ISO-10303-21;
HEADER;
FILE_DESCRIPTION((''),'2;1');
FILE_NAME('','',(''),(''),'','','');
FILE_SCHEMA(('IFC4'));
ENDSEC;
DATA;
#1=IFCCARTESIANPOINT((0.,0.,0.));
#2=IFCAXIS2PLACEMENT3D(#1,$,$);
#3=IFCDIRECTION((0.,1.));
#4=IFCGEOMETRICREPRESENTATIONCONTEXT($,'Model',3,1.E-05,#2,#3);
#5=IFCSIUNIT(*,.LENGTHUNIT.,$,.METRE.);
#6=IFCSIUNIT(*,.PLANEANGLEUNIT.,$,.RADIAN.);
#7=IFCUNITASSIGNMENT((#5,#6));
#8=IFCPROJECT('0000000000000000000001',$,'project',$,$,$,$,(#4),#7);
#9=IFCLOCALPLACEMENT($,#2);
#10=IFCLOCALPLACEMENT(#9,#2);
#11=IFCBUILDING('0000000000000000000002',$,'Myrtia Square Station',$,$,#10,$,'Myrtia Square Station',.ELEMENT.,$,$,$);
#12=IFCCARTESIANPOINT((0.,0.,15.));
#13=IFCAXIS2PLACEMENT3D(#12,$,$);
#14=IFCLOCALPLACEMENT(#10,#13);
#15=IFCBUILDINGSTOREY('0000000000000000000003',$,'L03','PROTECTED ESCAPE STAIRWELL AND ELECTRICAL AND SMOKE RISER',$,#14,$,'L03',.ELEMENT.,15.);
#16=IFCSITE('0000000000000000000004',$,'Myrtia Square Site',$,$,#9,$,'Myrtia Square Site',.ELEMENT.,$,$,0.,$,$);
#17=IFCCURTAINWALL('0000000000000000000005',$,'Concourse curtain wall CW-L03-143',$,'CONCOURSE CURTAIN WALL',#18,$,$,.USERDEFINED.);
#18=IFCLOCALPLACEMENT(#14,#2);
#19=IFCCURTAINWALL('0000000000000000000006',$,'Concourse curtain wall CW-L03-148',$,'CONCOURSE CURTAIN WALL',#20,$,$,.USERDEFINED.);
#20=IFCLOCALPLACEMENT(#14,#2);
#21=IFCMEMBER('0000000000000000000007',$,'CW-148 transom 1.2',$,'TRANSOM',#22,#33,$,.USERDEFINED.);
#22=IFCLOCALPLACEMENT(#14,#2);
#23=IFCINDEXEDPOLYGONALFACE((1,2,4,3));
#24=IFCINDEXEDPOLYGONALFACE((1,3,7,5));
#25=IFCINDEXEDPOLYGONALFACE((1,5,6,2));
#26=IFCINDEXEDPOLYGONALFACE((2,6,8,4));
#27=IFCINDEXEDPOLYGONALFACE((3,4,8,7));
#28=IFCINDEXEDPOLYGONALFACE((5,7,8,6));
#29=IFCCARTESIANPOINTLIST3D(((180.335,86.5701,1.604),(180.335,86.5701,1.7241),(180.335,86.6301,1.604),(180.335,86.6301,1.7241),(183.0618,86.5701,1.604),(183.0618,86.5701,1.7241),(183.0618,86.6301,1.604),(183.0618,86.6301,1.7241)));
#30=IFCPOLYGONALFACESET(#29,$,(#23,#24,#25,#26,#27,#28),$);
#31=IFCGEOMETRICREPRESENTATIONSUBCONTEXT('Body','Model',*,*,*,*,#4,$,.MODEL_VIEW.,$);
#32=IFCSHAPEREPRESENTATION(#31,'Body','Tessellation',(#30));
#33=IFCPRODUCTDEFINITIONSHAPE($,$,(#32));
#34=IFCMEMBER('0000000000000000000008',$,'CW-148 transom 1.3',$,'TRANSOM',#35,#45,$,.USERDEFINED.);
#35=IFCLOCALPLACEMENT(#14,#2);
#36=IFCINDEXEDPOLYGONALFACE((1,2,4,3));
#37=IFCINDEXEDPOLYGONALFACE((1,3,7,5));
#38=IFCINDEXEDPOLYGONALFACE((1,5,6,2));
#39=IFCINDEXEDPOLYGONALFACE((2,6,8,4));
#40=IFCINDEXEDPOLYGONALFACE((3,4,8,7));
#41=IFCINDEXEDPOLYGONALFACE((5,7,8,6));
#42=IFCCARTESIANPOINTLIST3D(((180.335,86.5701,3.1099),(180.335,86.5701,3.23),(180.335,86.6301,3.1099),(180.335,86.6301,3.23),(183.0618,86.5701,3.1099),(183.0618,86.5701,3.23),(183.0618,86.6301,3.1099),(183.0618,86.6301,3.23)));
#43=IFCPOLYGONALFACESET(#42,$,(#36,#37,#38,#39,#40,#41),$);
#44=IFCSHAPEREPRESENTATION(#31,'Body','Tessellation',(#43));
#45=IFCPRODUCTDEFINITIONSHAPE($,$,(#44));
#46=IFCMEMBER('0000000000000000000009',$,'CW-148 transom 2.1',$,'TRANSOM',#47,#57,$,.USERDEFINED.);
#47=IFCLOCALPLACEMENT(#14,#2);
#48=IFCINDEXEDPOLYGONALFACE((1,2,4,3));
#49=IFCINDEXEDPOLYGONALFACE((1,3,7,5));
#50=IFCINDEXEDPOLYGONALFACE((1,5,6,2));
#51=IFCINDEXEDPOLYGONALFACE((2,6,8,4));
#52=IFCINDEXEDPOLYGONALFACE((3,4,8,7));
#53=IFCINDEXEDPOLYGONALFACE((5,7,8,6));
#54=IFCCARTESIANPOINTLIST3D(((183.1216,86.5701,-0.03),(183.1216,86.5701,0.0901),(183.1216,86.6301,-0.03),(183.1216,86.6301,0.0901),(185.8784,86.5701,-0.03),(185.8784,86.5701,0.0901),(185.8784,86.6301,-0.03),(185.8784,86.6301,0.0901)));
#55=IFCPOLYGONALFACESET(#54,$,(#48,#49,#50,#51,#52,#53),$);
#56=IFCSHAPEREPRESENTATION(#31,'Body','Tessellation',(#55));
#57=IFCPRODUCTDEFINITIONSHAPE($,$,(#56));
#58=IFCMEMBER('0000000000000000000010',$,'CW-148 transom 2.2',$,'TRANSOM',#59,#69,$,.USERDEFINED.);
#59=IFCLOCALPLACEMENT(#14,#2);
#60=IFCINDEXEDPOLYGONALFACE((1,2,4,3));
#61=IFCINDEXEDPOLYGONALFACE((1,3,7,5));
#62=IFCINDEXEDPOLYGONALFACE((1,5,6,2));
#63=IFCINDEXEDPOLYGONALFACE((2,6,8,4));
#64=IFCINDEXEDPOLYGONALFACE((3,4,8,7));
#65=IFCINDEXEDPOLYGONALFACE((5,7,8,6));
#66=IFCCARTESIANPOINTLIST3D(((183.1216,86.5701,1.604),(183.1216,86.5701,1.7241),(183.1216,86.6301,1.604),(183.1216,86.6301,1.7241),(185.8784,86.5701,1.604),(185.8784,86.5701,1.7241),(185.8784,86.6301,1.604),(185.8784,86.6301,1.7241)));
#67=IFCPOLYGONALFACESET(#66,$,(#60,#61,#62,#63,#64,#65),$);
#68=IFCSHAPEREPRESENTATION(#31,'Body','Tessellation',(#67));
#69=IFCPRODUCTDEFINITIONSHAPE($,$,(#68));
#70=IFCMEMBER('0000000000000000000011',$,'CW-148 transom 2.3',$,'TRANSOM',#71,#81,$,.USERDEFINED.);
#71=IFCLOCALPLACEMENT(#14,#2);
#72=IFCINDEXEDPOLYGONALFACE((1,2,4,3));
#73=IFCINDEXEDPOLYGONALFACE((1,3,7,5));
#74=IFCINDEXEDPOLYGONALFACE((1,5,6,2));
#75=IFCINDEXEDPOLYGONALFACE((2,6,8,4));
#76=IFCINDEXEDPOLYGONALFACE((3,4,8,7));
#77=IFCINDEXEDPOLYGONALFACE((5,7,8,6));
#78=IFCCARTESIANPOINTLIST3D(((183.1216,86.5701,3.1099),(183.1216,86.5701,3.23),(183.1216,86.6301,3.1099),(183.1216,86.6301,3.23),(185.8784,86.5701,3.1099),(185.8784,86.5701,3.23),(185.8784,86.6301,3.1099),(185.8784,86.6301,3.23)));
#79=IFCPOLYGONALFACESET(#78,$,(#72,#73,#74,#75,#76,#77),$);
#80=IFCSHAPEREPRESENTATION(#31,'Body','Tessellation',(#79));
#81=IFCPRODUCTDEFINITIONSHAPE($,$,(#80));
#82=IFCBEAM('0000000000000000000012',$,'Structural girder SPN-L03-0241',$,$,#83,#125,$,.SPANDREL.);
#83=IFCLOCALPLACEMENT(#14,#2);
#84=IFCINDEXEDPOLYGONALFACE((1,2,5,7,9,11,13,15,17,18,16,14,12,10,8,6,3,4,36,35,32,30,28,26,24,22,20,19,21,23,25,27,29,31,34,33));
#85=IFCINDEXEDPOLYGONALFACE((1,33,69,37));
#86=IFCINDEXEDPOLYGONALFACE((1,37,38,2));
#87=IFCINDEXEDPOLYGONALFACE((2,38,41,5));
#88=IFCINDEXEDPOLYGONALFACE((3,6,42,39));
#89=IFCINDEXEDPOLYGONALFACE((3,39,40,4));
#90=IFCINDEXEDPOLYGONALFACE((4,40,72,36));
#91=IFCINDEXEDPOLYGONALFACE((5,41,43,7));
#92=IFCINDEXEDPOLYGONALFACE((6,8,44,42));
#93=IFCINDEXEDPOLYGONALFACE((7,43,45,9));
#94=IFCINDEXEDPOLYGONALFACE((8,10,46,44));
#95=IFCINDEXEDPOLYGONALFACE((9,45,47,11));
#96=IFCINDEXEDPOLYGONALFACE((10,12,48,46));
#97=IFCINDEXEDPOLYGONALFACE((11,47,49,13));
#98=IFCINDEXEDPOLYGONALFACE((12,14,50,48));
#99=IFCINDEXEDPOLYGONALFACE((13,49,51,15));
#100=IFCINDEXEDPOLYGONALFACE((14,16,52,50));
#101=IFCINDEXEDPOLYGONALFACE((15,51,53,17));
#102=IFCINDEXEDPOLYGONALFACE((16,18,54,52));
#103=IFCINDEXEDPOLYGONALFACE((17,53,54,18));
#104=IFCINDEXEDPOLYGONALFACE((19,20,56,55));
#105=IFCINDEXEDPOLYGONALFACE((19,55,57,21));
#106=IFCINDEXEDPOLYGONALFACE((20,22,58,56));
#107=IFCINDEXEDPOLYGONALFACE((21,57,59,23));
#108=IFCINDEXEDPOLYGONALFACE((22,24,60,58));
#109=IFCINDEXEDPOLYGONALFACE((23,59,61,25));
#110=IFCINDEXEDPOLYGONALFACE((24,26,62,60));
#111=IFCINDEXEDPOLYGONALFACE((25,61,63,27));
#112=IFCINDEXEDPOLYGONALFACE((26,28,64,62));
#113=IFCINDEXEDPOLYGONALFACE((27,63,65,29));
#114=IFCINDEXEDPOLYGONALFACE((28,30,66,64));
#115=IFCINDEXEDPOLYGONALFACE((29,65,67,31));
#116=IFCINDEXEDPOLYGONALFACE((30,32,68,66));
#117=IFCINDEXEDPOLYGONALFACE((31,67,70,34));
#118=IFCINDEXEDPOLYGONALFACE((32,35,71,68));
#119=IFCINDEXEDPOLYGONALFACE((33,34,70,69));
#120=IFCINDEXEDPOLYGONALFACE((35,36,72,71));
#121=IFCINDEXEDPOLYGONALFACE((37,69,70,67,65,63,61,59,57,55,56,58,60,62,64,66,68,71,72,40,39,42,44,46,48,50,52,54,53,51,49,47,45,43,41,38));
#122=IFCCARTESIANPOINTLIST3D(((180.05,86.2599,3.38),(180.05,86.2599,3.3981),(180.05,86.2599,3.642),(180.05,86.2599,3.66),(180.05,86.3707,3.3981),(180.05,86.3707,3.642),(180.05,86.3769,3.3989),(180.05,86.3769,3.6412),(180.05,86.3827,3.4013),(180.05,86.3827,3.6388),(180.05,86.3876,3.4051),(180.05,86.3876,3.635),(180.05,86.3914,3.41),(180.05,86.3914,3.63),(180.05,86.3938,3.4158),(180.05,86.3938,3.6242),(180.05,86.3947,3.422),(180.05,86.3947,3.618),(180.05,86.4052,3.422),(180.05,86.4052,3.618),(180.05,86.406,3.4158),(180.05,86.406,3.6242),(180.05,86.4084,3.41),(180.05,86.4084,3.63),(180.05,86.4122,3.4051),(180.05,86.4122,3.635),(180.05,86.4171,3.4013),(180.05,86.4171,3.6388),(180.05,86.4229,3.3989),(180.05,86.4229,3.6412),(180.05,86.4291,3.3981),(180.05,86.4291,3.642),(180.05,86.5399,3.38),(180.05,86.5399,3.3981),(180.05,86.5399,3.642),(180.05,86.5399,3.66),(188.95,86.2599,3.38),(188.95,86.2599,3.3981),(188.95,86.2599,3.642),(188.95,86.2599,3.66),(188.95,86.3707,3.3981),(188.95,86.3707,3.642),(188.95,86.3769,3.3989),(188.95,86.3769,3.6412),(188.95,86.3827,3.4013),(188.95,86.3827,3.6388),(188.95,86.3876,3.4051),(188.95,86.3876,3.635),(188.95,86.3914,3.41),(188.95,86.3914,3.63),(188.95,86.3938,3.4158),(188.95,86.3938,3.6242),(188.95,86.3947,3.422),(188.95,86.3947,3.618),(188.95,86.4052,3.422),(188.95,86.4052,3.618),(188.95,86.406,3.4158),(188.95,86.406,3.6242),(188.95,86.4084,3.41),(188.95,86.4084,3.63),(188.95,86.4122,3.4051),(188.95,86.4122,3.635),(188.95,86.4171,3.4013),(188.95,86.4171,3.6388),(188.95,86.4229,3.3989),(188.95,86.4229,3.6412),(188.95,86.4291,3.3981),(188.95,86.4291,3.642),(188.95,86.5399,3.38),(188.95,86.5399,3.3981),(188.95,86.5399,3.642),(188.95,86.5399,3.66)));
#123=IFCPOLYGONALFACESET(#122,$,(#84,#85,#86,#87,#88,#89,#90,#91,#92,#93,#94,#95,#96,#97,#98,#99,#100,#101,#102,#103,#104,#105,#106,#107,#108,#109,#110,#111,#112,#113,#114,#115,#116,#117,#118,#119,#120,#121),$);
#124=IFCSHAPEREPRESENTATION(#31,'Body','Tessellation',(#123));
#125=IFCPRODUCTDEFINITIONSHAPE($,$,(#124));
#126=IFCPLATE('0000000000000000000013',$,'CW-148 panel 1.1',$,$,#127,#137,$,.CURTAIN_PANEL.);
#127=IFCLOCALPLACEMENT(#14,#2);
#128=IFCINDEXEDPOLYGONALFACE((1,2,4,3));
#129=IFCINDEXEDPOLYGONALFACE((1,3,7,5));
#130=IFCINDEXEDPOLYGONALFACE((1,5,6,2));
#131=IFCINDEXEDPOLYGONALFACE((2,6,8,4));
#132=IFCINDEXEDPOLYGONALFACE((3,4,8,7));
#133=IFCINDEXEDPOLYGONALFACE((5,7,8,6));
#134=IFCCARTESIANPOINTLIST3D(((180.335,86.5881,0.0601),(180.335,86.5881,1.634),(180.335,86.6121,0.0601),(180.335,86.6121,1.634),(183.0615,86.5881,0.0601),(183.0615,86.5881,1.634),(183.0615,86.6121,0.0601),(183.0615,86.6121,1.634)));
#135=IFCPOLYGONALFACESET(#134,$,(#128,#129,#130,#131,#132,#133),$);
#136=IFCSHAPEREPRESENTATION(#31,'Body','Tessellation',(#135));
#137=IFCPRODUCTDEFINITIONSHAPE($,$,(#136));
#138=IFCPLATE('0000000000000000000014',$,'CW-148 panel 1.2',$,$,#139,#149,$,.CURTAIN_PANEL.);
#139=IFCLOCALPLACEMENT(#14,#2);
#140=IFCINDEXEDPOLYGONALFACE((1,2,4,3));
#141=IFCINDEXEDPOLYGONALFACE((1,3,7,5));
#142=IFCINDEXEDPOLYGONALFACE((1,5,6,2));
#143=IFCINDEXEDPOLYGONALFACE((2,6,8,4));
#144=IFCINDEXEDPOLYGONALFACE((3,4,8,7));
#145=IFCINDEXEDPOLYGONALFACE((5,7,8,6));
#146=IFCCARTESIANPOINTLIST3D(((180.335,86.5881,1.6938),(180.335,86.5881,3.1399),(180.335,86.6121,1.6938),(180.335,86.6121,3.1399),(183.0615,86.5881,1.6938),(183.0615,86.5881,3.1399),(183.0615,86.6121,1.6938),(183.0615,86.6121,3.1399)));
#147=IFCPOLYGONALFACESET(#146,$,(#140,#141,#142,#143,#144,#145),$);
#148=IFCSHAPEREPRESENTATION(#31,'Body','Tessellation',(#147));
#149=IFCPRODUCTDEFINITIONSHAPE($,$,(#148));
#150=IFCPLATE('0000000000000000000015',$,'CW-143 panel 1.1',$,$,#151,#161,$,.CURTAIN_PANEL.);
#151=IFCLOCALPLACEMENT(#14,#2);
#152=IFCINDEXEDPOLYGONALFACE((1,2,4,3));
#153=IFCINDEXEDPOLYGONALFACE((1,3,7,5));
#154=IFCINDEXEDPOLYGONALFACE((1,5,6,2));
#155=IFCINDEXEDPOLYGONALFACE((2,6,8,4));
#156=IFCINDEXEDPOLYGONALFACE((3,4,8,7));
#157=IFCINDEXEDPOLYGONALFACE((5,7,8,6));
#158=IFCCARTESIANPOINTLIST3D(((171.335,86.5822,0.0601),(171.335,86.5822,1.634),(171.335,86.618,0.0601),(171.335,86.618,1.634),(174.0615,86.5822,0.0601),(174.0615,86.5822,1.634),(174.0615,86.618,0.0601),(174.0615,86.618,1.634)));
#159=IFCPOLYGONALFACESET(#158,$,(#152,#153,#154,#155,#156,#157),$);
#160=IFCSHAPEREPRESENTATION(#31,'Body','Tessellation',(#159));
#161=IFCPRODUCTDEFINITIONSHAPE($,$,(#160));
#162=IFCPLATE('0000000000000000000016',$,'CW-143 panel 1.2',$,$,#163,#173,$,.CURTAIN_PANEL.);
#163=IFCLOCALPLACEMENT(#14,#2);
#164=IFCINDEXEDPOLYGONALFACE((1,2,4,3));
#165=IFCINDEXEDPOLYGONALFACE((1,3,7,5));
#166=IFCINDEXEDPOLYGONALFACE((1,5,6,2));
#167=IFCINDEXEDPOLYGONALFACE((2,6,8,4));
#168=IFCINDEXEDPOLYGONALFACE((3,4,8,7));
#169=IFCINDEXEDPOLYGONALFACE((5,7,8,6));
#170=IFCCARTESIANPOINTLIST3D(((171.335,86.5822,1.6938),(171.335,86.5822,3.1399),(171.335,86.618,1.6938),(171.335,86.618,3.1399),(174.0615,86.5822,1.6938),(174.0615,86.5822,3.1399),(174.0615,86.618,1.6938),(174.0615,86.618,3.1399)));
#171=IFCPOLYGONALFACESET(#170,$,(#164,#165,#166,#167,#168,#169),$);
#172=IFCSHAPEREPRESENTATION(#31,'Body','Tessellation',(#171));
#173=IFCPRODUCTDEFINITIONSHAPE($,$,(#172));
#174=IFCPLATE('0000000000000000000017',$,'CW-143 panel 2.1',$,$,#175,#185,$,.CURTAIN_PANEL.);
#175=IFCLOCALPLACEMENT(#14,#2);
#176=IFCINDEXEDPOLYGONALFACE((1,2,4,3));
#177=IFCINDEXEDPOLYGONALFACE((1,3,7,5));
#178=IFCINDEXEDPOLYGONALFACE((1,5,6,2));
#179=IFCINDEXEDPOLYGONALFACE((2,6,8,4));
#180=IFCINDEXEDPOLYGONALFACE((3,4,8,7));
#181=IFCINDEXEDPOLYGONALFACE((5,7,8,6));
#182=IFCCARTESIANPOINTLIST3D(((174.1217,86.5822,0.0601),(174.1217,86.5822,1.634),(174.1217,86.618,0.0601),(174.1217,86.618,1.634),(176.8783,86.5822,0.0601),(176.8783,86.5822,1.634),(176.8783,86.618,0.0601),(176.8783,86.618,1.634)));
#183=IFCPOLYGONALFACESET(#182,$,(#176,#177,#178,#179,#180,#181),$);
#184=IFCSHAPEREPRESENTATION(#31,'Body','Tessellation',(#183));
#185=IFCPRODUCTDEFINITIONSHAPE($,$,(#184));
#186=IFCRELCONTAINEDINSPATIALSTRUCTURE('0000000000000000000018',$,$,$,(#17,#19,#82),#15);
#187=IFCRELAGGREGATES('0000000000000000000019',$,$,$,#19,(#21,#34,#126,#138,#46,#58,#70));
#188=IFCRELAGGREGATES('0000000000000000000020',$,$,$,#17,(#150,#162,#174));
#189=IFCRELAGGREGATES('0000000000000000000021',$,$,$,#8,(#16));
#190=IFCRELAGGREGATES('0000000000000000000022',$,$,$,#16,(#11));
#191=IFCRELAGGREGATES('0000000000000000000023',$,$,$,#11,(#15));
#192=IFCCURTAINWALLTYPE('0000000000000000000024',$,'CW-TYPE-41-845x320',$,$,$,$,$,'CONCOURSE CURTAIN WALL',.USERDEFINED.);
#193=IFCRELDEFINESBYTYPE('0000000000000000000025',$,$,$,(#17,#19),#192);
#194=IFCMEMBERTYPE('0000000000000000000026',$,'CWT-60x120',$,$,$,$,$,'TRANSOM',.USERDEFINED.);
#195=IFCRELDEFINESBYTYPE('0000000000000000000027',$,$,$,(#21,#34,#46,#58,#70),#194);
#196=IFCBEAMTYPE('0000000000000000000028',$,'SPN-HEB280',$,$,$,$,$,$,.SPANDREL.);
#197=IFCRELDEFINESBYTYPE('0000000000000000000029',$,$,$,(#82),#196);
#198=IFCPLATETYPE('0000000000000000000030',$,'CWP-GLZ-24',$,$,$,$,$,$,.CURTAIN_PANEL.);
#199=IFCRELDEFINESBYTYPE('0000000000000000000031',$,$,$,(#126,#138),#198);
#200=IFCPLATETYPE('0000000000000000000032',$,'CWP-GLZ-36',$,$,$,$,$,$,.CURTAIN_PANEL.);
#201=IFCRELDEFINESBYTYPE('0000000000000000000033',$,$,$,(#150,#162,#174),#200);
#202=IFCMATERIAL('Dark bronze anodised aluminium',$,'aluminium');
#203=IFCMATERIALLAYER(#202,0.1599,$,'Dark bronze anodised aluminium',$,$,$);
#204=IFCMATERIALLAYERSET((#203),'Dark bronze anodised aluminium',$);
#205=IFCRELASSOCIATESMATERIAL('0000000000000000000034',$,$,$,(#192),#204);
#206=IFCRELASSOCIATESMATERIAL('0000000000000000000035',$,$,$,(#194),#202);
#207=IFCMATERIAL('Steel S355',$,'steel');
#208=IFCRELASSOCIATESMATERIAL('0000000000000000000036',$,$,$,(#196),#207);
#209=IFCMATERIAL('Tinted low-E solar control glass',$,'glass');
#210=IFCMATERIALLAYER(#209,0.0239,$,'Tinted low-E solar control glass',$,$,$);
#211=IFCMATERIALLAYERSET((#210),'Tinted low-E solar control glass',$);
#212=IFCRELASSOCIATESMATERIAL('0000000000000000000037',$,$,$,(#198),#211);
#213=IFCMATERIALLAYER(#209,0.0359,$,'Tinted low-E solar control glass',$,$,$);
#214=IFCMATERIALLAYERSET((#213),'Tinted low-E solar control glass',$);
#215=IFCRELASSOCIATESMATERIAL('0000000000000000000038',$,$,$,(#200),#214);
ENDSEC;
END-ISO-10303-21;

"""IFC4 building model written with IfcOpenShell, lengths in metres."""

from ifc_helpers import new_model, si_unit, direction, frame, origin, origin_2d, place, context, subcontext, project, spatial, rectangle, i_section, extrude, material, layer, layer_set, material_profile, profile_set, type_object, element, aggregate, save


model = new_model("IFC4")

# Units and contexts
model_context = context("Model", 3, precision=1e-05, world=origin(), true_north=direction((0.0, 1.0)))
body_context = subcontext(model_context, "Body", "Model", "MODEL_VIEW")
ifc_project = project(units=[si_unit("LENGTHUNIT", "METRE"), si_unit("PLANEANGLEUNIT", "RADIAN")], contexts=[model_context])

# Site, building, storey
site_placement = place(None, origin())
site = spatial("IfcSite", under=ifc_project, at=site_placement, Name="Myrtia Square Site", LongName="Myrtia Square Site", CompositionType="ELEMENT", RefElevation=0.0)
building_placement = place(site_placement, origin())
building = spatial("IfcBuilding", under=site, at=building_placement, Name="Myrtia Square Station", LongName="Myrtia Square Station", CompositionType="ELEMENT")
storey_placement = place(building_placement, frame((0.0, 0.0, 15.0)))
storey = spatial("IfcBuildingStorey", under=building, at=storey_placement, Name="L03", Description="PROTECTED ESCAPE STAIRWELL AND ELECTRICAL AND SMOKE RISER", LongName="L03", CompositionType="ELEMENT", Elevation=15.0)

# Shared definitions
ifc_material_1 = material(Name="Steel S355", Category="steel")

# Curtain walls
ifc_material_2 = material(Name="Dark bronze anodised aluminium", Category="aluminium")
ifc_layer_1 = layer(ifc_material_2, 0.1599, Name="Dark bronze anodised aluminium")
ifc_layer_set_1 = layer_set([ifc_layer_1], Name="Dark bronze anodised aluminium")
curtain_wall_type = type_object("IfcCurtainWallType", Name="CW-TYPE-41-845x320", ElementType="CONCOURSE CURTAIN WALL", PredefinedType="USERDEFINED", material=ifc_layer_set_1)
curtain_wall_1_placement = place(storey_placement, origin())
curtain_wall_1 = element("IfcCurtainWall", 1, at=curtain_wall_1_placement, inside=storey, type_object=curtain_wall_type, Name="Concourse curtain wall CW-L03-143", ObjectType="CONCOURSE CURTAIN WALL", PredefinedType="USERDEFINED")
curtain_wall_2_placement = place(storey_placement, origin())
curtain_wall_2 = element("IfcCurtainWall", 2, at=curtain_wall_2_placement, inside=storey, type_object=curtain_wall_type, Name="Concourse curtain wall CW-L03-148", ObjectType="CONCOURSE CURTAIN WALL", PredefinedType="USERDEFINED")

# Members
ifc_material_profile_1 = material_profile(ifc_material_2, rectangle(XDim=0.0601, YDim=0.1201, at=origin_2d()), Name="ALU-T 60x120")
ifc_profile_set_1 = profile_set([ifc_material_profile_1], Name="Dark bronze anodised aluminium")
member_type_1 = type_object("IfcMemberType", Name="CWT-60x120", ElementType="TRANSOM", PredefinedType="USERDEFINED", material=ifc_profile_set_1)
member_1_placement = place(storey_placement, frame((180.335, 86.6001, 1.6641), z_axis=(1.0, 0.0, 0.0), x_axis=(0.0, 1.0, 0.0)))
member_1 = element("IfcMember", 3, at=member_1_placement, type_object=member_type_1, Name="CW-148 transom 1.2", ObjectType="TRANSOM", PredefinedType="USERDEFINED", context=body_context, shape_type="SweptSolid", body=[
    extrude(rectangle(XDim=0.0601, YDim=0.1201, at=origin_2d()), origin(), (0.0, 0.0, 1.0), 2.7268),
])
member_2_placement = place(storey_placement, frame((180.335, 86.6001, 3.1699), z_axis=(1.0, 0.0, 0.0), x_axis=(0.0, 1.0, 0.0)))
member_2 = element("IfcMember", 4, at=member_2_placement, type_object=member_type_1, Name="CW-148 transom 1.3", ObjectType="TRANSOM", PredefinedType="USERDEFINED", context=body_context, shape_type="SweptSolid", body=[
    extrude(rectangle(XDim=0.0601, YDim=0.1201, at=origin_2d()), origin(), (0.0, 0.0, 1.0), 2.7268),
])
member_3_placement = place(storey_placement, frame((183.1216, 86.6001, 0.03), z_axis=(1.0, 0.0, 0.0), x_axis=(0.0, 1.0, 0.0)))
member_3 = element("IfcMember", 5, at=member_3_placement, type_object=member_type_1, Name="CW-148 transom 2.1", ObjectType="TRANSOM", PredefinedType="USERDEFINED", context=body_context, shape_type="SweptSolid", body=[
    extrude(rectangle(XDim=0.0601, YDim=0.1201, at=origin_2d()), origin(), (0.0, 0.0, 1.0), 2.7568),
])
member_4_placement = place(storey_placement, frame((183.1216, 86.6001, 1.6641), z_axis=(1.0, 0.0, 0.0), x_axis=(0.0, 1.0, 0.0)))
member_4 = element("IfcMember", 6, at=member_4_placement, type_object=member_type_1, Name="CW-148 transom 2.2", ObjectType="TRANSOM", PredefinedType="USERDEFINED", context=body_context, shape_type="SweptSolid", body=[
    extrude(rectangle(XDim=0.0601, YDim=0.1201, at=origin_2d()), origin(), (0.0, 0.0, 1.0), 2.7568),
])
member_5_placement = place(storey_placement, frame((183.1216, 86.6001, 3.1699), z_axis=(1.0, 0.0, 0.0), x_axis=(0.0, 1.0, 0.0)))
member_5 = element("IfcMember", 7, at=member_5_placement, type_object=member_type_1, Name="CW-148 transom 2.3", ObjectType="TRANSOM", PredefinedType="USERDEFINED", context=body_context, shape_type="SweptSolid", body=[
    extrude(rectangle(XDim=0.0601, YDim=0.1201, at=origin_2d()), origin(), (0.0, 0.0, 1.0), 2.7568),
])

# Beam
ifc_material_profile_2 = material_profile(ifc_material_1, i_section(OverallWidth=0.28, OverallDepth=0.28, WebThickness=0.0105, FlangeThickness=0.0181, FilletRadius=0.0239, at=origin_2d()), Name="HEB 280")
ifc_profile_set_2 = profile_set([ifc_material_profile_2], Name="Steel S355")
beam_type_1 = type_object("IfcBeamType", Name="SPN-HEB280", PredefinedType="SPANDREL", material=ifc_profile_set_2)
beam_1_placement = place(storey_placement, frame((180.05, 86.3999, 3.52), z_axis=(1.0, 0.0, 0.0), x_axis=(0.0, 1.0, 0.0)))
element("IfcBeam", 8, at=beam_1_placement, inside=storey, type_object=beam_type_1, Name="Structural girder SPN-L03-0241", PredefinedType="SPANDREL", context=body_context, shape_type="SweptSolid", body=[
    extrude(i_section(OverallWidth=0.28, OverallDepth=0.28, WebThickness=0.0105, FlangeThickness=0.0181, FilletRadius=0.0239, at=origin_2d()), origin(), (0.0, 0.0, 1.0), 8.8999),
])

# Plates
ifc_material_3 = material(Name="Tinted low-E solar control glass", Category="glass")
ifc_layer_2 = layer(ifc_material_3, 0.0239, Name="Tinted low-E solar control glass")
ifc_layer_set_2 = layer_set([ifc_layer_2], Name="Tinted low-E solar control glass")
plate_type_1 = type_object("IfcPlateType", Name="CWP-GLZ-24", PredefinedType="CURTAIN_PANEL", material=ifc_layer_set_2)
plate_1_placement = place(storey_placement, frame((181.6982, 86.6001, 0.0601), z_axis=(0.0, 0.0, 1.0), x_axis=(1.0, 0.0, 0.0)))
plate_1 = element("IfcPlate", 9, at=plate_1_placement, type_object=plate_type_1, Name="CW-148 panel 1.1", PredefinedType="CURTAIN_PANEL", context=body_context, shape_type="SweptSolid", body=[
    extrude(rectangle(XDim=2.7266, YDim=0.0239, at=origin_2d()), origin(), (0.0, 0.0, 1.0), 1.574),
])
plate_2_placement = place(storey_placement, frame((181.6982, 86.6001, 1.6938), z_axis=(0.0, 0.0, 1.0), x_axis=(1.0, 0.0, 0.0)))
plate_2 = element("IfcPlate", 10, at=plate_2_placement, type_object=plate_type_1, Name="CW-148 panel 1.2", PredefinedType="CURTAIN_PANEL", context=body_context, shape_type="SweptSolid", body=[
    extrude(rectangle(XDim=2.7266, YDim=0.0239, at=origin_2d()), origin(), (0.0, 0.0, 1.0), 1.446),
])
aggregate(curtain_wall_2, [member_1, member_2, plate_1, plate_2, member_3, member_4, member_5])
ifc_layer_3 = layer(ifc_material_3, 0.0359, Name="Tinted low-E solar control glass")
ifc_layer_set_3 = layer_set([ifc_layer_3], Name="Tinted low-E solar control glass")
plate_type_2 = type_object("IfcPlateType", Name="CWP-GLZ-36", PredefinedType="CURTAIN_PANEL", material=ifc_layer_set_3)
plate_3_placement = place(storey_placement, frame((172.6982, 86.6001, 0.0601), z_axis=(0.0, 0.0, 1.0), x_axis=(1.0, 0.0, 0.0)))
plate_3 = element("IfcPlate", 11, at=plate_3_placement, type_object=plate_type_2, Name="CW-143 panel 1.1", PredefinedType="CURTAIN_PANEL", context=body_context, shape_type="SweptSolid", body=[
    extrude(rectangle(XDim=2.7266, YDim=0.0359, at=origin_2d()), origin(), (0.0, 0.0, 1.0), 1.574),
])
plate_4_placement = place(storey_placement, frame((172.6982, 86.6001, 1.6938), z_axis=(0.0, 0.0, 1.0), x_axis=(1.0, 0.0, 0.0)))
plate_4 = element("IfcPlate", 12, at=plate_4_placement, type_object=plate_type_2, Name="CW-143 panel 1.2", PredefinedType="CURTAIN_PANEL", context=body_context, shape_type="SweptSolid", body=[
    extrude(rectangle(XDim=2.7266, YDim=0.0359, at=origin_2d()), origin(), (0.0, 0.0, 1.0), 1.446),
])
plate_5_placement = place(storey_placement, frame((175.5, 86.6001, 0.0601), z_axis=(0.0, 0.0, 1.0), x_axis=(1.0, 0.0, 0.0)))
plate_5 = element("IfcPlate", 13, at=plate_5_placement, type_object=plate_type_2, Name="CW-143 panel 2.1", PredefinedType="CURTAIN_PANEL", context=body_context, shape_type="SweptSolid", body=[
    extrude(rectangle(XDim=2.7566, YDim=0.0359, at=origin_2d()), origin(), (0.0, 0.0, 1.0), 1.574),
])
aggregate(curtain_wall_1, [plate_3, plate_4, plate_5])

save(model, "model.ifc")
